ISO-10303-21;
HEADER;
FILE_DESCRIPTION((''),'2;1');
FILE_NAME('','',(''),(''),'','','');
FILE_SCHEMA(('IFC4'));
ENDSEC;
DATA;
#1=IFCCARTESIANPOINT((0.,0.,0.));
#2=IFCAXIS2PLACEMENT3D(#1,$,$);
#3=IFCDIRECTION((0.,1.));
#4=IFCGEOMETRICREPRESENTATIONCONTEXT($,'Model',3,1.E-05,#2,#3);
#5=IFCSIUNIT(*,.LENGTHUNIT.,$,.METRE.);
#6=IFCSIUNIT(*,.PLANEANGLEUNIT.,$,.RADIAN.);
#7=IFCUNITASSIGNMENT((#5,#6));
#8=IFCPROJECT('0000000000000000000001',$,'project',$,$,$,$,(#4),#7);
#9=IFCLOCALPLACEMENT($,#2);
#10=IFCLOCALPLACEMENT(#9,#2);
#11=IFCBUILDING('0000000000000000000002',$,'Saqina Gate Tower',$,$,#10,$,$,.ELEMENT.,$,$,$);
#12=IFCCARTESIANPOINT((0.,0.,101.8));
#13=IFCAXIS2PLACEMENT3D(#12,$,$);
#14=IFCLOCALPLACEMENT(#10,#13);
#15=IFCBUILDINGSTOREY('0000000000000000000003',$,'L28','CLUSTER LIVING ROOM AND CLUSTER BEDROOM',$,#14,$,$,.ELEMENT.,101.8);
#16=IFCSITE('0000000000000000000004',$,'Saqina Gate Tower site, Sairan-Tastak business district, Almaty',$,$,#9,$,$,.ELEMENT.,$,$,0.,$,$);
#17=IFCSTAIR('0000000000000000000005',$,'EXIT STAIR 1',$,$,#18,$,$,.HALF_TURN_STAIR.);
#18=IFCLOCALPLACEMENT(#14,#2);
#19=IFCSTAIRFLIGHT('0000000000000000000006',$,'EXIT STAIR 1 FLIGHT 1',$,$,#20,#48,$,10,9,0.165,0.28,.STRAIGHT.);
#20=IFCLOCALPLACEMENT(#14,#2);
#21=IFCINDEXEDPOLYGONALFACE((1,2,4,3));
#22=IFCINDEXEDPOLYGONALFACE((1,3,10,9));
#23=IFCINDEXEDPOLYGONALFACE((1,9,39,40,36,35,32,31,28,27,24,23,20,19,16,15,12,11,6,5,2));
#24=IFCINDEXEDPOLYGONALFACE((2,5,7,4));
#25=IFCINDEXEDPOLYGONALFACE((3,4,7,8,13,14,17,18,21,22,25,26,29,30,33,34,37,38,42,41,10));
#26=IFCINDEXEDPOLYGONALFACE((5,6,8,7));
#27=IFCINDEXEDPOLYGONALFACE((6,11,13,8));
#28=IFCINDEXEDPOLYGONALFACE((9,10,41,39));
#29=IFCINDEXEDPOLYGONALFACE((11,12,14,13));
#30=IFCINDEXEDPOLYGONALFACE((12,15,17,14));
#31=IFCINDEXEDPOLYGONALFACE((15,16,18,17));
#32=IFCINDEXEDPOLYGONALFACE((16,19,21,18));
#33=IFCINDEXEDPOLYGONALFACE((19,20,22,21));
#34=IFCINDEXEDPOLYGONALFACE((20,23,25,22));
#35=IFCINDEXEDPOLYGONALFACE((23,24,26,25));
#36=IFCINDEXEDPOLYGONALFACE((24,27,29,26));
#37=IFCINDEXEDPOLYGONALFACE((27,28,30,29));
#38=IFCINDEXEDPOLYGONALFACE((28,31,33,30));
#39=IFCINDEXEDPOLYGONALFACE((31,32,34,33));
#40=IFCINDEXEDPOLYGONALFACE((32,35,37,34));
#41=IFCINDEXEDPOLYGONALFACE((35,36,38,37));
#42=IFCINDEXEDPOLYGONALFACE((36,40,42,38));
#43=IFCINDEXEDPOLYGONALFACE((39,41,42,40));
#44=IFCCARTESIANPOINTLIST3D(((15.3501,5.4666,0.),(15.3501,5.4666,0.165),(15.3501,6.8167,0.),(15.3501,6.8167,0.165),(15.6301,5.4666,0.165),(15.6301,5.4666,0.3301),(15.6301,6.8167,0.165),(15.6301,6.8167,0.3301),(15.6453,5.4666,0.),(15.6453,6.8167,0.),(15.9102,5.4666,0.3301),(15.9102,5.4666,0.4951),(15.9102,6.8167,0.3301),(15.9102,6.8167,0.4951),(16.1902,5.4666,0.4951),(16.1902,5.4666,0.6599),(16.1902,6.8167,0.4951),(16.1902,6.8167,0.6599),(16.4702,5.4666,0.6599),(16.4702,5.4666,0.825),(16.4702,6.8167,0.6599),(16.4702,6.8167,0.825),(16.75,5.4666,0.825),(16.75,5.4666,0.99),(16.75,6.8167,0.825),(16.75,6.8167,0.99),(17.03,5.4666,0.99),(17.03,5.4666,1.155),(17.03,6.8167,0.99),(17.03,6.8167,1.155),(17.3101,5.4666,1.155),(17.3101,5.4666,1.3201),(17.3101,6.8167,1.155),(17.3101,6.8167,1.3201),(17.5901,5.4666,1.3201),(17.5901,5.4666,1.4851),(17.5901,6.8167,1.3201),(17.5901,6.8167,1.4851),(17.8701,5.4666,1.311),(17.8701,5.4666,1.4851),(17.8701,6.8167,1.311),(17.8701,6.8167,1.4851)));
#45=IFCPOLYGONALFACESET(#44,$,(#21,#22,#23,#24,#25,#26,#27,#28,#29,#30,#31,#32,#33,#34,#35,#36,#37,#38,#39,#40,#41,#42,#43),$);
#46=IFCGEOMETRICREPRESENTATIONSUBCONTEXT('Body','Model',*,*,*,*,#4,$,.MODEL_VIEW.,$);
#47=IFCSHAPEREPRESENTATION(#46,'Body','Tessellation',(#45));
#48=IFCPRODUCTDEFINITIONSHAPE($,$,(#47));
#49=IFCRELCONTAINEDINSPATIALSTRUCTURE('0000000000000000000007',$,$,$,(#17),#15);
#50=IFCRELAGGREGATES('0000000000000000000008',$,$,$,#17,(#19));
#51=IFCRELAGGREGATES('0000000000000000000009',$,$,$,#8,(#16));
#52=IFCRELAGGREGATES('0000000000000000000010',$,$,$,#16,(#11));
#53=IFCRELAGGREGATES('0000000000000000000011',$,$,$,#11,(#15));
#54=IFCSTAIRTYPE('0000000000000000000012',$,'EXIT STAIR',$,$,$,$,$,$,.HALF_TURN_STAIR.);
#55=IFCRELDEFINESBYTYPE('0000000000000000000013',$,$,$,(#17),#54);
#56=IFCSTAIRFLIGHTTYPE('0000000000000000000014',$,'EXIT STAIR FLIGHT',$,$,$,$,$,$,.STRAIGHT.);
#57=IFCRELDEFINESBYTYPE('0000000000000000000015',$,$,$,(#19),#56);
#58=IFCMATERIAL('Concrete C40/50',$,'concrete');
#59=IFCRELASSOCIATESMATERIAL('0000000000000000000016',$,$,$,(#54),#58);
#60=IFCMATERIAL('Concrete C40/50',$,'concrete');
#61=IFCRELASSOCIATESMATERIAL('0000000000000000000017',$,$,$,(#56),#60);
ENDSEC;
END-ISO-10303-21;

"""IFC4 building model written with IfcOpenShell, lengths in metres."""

from ifc_helpers import new_model, si_unit, direction, frame, origin, place, context, subcontext, project, spatial, polyline, outline, extrude, material, type_object, element, aggregate, save


model = new_model("IFC4")

# Units and contexts
model_context = context("Model", 3, precision=1e-05, world=origin(), true_north=direction((0.0, 1.0)))
body_context = subcontext(model_context, "Body", "Model", "MODEL_VIEW")
ifc_project = project(units=[si_unit("LENGTHUNIT", "METRE"), si_unit("PLANEANGLEUNIT", "RADIAN")], contexts=[model_context])

# Site, building, storey
site_placement = place(None, origin())
site = spatial("IfcSite", under=ifc_project, at=site_placement, Name="Saqina Gate Tower site, Sairan-Tastak business district, Almaty", CompositionType="ELEMENT", RefElevation=0.0)
building_placement = place(site_placement, origin())
building = spatial("IfcBuilding", under=site, at=building_placement, Name="Saqina Gate Tower", CompositionType="ELEMENT")
storey_placement = place(building_placement, frame((0.0, 0.0, 101.8)))
storey = spatial("IfcBuildingStorey", under=building, at=storey_placement, Name="L28", Description="CLUSTER LIVING ROOM AND CLUSTER BEDROOM", CompositionType="ELEMENT", Elevation=101.8)

# Stair, stair flight
ifc_material_1 = material(Name="Concrete C40/50", Category="concrete")
stair_type = type_object("IfcStairType", Name="EXIT STAIR", PredefinedType="HALF_TURN_STAIR", material=ifc_material_1)
stair_placement = place(storey_placement, origin())
stair = element("IfcStair", 1, at=stair_placement, inside=storey, type_object=stair_type, Name="EXIT STAIR 1", PredefinedType="HALF_TURN_STAIR")
ifc_material_2 = material(Name="Concrete C40/50", Category="concrete")
stair_flight_type = type_object("IfcStairFlightType", Name="EXIT STAIR FLIGHT", PredefinedType="STRAIGHT", material=ifc_material_2)
stair_flight_placement = place(storey_placement, frame((15.3501, 6.1416, 0.0), z_axis=(0.0, 0.0, 1.0), x_axis=(1.0, 0.0, 0.0)))
stair_flight = element("IfcStairFlight", 2, at=stair_flight_placement, type_object=stair_flight_type, Name="EXIT STAIR 1 FLIGHT 1", NumberOfRisers=10, NumberOfTreads=9, PredefinedType="STRAIGHT", RiserHeight=0.165, TreadLength=0.28, context=body_context, shape_type="SweptSolid", body=[
    extrude(outline(polyline([(0.0, 0.0), (0.0, 0.165), (0.28, 0.165), (0.28, 0.3301), (0.5601, 0.3301), (0.5601, 0.4951), (0.8401, 0.4951), (0.8401, 0.6599), (1.1201, 0.6599), (1.1201, 0.825), (1.3999, 0.825), (1.3999, 0.99), (1.6799, 0.99), (1.6799, 1.155), (1.96, 1.155), (1.96, 1.3201), (2.24, 1.3201), (2.24, 1.4851), (2.52, 1.4851), (2.52, 1.6499), (2.52, 1.311), (0.2952, 0.0), (0.0, 0.0)])), frame((0.0, 0.675, 0.0), z_axis=(0.0, -1.0, 0.0), x_axis=(1.0, 0.0, 0.0)), (0.0, 0.0, 1.0), 1.3501),
])
aggregate(stair, [stair_flight])

save(model, "model.ifc")
